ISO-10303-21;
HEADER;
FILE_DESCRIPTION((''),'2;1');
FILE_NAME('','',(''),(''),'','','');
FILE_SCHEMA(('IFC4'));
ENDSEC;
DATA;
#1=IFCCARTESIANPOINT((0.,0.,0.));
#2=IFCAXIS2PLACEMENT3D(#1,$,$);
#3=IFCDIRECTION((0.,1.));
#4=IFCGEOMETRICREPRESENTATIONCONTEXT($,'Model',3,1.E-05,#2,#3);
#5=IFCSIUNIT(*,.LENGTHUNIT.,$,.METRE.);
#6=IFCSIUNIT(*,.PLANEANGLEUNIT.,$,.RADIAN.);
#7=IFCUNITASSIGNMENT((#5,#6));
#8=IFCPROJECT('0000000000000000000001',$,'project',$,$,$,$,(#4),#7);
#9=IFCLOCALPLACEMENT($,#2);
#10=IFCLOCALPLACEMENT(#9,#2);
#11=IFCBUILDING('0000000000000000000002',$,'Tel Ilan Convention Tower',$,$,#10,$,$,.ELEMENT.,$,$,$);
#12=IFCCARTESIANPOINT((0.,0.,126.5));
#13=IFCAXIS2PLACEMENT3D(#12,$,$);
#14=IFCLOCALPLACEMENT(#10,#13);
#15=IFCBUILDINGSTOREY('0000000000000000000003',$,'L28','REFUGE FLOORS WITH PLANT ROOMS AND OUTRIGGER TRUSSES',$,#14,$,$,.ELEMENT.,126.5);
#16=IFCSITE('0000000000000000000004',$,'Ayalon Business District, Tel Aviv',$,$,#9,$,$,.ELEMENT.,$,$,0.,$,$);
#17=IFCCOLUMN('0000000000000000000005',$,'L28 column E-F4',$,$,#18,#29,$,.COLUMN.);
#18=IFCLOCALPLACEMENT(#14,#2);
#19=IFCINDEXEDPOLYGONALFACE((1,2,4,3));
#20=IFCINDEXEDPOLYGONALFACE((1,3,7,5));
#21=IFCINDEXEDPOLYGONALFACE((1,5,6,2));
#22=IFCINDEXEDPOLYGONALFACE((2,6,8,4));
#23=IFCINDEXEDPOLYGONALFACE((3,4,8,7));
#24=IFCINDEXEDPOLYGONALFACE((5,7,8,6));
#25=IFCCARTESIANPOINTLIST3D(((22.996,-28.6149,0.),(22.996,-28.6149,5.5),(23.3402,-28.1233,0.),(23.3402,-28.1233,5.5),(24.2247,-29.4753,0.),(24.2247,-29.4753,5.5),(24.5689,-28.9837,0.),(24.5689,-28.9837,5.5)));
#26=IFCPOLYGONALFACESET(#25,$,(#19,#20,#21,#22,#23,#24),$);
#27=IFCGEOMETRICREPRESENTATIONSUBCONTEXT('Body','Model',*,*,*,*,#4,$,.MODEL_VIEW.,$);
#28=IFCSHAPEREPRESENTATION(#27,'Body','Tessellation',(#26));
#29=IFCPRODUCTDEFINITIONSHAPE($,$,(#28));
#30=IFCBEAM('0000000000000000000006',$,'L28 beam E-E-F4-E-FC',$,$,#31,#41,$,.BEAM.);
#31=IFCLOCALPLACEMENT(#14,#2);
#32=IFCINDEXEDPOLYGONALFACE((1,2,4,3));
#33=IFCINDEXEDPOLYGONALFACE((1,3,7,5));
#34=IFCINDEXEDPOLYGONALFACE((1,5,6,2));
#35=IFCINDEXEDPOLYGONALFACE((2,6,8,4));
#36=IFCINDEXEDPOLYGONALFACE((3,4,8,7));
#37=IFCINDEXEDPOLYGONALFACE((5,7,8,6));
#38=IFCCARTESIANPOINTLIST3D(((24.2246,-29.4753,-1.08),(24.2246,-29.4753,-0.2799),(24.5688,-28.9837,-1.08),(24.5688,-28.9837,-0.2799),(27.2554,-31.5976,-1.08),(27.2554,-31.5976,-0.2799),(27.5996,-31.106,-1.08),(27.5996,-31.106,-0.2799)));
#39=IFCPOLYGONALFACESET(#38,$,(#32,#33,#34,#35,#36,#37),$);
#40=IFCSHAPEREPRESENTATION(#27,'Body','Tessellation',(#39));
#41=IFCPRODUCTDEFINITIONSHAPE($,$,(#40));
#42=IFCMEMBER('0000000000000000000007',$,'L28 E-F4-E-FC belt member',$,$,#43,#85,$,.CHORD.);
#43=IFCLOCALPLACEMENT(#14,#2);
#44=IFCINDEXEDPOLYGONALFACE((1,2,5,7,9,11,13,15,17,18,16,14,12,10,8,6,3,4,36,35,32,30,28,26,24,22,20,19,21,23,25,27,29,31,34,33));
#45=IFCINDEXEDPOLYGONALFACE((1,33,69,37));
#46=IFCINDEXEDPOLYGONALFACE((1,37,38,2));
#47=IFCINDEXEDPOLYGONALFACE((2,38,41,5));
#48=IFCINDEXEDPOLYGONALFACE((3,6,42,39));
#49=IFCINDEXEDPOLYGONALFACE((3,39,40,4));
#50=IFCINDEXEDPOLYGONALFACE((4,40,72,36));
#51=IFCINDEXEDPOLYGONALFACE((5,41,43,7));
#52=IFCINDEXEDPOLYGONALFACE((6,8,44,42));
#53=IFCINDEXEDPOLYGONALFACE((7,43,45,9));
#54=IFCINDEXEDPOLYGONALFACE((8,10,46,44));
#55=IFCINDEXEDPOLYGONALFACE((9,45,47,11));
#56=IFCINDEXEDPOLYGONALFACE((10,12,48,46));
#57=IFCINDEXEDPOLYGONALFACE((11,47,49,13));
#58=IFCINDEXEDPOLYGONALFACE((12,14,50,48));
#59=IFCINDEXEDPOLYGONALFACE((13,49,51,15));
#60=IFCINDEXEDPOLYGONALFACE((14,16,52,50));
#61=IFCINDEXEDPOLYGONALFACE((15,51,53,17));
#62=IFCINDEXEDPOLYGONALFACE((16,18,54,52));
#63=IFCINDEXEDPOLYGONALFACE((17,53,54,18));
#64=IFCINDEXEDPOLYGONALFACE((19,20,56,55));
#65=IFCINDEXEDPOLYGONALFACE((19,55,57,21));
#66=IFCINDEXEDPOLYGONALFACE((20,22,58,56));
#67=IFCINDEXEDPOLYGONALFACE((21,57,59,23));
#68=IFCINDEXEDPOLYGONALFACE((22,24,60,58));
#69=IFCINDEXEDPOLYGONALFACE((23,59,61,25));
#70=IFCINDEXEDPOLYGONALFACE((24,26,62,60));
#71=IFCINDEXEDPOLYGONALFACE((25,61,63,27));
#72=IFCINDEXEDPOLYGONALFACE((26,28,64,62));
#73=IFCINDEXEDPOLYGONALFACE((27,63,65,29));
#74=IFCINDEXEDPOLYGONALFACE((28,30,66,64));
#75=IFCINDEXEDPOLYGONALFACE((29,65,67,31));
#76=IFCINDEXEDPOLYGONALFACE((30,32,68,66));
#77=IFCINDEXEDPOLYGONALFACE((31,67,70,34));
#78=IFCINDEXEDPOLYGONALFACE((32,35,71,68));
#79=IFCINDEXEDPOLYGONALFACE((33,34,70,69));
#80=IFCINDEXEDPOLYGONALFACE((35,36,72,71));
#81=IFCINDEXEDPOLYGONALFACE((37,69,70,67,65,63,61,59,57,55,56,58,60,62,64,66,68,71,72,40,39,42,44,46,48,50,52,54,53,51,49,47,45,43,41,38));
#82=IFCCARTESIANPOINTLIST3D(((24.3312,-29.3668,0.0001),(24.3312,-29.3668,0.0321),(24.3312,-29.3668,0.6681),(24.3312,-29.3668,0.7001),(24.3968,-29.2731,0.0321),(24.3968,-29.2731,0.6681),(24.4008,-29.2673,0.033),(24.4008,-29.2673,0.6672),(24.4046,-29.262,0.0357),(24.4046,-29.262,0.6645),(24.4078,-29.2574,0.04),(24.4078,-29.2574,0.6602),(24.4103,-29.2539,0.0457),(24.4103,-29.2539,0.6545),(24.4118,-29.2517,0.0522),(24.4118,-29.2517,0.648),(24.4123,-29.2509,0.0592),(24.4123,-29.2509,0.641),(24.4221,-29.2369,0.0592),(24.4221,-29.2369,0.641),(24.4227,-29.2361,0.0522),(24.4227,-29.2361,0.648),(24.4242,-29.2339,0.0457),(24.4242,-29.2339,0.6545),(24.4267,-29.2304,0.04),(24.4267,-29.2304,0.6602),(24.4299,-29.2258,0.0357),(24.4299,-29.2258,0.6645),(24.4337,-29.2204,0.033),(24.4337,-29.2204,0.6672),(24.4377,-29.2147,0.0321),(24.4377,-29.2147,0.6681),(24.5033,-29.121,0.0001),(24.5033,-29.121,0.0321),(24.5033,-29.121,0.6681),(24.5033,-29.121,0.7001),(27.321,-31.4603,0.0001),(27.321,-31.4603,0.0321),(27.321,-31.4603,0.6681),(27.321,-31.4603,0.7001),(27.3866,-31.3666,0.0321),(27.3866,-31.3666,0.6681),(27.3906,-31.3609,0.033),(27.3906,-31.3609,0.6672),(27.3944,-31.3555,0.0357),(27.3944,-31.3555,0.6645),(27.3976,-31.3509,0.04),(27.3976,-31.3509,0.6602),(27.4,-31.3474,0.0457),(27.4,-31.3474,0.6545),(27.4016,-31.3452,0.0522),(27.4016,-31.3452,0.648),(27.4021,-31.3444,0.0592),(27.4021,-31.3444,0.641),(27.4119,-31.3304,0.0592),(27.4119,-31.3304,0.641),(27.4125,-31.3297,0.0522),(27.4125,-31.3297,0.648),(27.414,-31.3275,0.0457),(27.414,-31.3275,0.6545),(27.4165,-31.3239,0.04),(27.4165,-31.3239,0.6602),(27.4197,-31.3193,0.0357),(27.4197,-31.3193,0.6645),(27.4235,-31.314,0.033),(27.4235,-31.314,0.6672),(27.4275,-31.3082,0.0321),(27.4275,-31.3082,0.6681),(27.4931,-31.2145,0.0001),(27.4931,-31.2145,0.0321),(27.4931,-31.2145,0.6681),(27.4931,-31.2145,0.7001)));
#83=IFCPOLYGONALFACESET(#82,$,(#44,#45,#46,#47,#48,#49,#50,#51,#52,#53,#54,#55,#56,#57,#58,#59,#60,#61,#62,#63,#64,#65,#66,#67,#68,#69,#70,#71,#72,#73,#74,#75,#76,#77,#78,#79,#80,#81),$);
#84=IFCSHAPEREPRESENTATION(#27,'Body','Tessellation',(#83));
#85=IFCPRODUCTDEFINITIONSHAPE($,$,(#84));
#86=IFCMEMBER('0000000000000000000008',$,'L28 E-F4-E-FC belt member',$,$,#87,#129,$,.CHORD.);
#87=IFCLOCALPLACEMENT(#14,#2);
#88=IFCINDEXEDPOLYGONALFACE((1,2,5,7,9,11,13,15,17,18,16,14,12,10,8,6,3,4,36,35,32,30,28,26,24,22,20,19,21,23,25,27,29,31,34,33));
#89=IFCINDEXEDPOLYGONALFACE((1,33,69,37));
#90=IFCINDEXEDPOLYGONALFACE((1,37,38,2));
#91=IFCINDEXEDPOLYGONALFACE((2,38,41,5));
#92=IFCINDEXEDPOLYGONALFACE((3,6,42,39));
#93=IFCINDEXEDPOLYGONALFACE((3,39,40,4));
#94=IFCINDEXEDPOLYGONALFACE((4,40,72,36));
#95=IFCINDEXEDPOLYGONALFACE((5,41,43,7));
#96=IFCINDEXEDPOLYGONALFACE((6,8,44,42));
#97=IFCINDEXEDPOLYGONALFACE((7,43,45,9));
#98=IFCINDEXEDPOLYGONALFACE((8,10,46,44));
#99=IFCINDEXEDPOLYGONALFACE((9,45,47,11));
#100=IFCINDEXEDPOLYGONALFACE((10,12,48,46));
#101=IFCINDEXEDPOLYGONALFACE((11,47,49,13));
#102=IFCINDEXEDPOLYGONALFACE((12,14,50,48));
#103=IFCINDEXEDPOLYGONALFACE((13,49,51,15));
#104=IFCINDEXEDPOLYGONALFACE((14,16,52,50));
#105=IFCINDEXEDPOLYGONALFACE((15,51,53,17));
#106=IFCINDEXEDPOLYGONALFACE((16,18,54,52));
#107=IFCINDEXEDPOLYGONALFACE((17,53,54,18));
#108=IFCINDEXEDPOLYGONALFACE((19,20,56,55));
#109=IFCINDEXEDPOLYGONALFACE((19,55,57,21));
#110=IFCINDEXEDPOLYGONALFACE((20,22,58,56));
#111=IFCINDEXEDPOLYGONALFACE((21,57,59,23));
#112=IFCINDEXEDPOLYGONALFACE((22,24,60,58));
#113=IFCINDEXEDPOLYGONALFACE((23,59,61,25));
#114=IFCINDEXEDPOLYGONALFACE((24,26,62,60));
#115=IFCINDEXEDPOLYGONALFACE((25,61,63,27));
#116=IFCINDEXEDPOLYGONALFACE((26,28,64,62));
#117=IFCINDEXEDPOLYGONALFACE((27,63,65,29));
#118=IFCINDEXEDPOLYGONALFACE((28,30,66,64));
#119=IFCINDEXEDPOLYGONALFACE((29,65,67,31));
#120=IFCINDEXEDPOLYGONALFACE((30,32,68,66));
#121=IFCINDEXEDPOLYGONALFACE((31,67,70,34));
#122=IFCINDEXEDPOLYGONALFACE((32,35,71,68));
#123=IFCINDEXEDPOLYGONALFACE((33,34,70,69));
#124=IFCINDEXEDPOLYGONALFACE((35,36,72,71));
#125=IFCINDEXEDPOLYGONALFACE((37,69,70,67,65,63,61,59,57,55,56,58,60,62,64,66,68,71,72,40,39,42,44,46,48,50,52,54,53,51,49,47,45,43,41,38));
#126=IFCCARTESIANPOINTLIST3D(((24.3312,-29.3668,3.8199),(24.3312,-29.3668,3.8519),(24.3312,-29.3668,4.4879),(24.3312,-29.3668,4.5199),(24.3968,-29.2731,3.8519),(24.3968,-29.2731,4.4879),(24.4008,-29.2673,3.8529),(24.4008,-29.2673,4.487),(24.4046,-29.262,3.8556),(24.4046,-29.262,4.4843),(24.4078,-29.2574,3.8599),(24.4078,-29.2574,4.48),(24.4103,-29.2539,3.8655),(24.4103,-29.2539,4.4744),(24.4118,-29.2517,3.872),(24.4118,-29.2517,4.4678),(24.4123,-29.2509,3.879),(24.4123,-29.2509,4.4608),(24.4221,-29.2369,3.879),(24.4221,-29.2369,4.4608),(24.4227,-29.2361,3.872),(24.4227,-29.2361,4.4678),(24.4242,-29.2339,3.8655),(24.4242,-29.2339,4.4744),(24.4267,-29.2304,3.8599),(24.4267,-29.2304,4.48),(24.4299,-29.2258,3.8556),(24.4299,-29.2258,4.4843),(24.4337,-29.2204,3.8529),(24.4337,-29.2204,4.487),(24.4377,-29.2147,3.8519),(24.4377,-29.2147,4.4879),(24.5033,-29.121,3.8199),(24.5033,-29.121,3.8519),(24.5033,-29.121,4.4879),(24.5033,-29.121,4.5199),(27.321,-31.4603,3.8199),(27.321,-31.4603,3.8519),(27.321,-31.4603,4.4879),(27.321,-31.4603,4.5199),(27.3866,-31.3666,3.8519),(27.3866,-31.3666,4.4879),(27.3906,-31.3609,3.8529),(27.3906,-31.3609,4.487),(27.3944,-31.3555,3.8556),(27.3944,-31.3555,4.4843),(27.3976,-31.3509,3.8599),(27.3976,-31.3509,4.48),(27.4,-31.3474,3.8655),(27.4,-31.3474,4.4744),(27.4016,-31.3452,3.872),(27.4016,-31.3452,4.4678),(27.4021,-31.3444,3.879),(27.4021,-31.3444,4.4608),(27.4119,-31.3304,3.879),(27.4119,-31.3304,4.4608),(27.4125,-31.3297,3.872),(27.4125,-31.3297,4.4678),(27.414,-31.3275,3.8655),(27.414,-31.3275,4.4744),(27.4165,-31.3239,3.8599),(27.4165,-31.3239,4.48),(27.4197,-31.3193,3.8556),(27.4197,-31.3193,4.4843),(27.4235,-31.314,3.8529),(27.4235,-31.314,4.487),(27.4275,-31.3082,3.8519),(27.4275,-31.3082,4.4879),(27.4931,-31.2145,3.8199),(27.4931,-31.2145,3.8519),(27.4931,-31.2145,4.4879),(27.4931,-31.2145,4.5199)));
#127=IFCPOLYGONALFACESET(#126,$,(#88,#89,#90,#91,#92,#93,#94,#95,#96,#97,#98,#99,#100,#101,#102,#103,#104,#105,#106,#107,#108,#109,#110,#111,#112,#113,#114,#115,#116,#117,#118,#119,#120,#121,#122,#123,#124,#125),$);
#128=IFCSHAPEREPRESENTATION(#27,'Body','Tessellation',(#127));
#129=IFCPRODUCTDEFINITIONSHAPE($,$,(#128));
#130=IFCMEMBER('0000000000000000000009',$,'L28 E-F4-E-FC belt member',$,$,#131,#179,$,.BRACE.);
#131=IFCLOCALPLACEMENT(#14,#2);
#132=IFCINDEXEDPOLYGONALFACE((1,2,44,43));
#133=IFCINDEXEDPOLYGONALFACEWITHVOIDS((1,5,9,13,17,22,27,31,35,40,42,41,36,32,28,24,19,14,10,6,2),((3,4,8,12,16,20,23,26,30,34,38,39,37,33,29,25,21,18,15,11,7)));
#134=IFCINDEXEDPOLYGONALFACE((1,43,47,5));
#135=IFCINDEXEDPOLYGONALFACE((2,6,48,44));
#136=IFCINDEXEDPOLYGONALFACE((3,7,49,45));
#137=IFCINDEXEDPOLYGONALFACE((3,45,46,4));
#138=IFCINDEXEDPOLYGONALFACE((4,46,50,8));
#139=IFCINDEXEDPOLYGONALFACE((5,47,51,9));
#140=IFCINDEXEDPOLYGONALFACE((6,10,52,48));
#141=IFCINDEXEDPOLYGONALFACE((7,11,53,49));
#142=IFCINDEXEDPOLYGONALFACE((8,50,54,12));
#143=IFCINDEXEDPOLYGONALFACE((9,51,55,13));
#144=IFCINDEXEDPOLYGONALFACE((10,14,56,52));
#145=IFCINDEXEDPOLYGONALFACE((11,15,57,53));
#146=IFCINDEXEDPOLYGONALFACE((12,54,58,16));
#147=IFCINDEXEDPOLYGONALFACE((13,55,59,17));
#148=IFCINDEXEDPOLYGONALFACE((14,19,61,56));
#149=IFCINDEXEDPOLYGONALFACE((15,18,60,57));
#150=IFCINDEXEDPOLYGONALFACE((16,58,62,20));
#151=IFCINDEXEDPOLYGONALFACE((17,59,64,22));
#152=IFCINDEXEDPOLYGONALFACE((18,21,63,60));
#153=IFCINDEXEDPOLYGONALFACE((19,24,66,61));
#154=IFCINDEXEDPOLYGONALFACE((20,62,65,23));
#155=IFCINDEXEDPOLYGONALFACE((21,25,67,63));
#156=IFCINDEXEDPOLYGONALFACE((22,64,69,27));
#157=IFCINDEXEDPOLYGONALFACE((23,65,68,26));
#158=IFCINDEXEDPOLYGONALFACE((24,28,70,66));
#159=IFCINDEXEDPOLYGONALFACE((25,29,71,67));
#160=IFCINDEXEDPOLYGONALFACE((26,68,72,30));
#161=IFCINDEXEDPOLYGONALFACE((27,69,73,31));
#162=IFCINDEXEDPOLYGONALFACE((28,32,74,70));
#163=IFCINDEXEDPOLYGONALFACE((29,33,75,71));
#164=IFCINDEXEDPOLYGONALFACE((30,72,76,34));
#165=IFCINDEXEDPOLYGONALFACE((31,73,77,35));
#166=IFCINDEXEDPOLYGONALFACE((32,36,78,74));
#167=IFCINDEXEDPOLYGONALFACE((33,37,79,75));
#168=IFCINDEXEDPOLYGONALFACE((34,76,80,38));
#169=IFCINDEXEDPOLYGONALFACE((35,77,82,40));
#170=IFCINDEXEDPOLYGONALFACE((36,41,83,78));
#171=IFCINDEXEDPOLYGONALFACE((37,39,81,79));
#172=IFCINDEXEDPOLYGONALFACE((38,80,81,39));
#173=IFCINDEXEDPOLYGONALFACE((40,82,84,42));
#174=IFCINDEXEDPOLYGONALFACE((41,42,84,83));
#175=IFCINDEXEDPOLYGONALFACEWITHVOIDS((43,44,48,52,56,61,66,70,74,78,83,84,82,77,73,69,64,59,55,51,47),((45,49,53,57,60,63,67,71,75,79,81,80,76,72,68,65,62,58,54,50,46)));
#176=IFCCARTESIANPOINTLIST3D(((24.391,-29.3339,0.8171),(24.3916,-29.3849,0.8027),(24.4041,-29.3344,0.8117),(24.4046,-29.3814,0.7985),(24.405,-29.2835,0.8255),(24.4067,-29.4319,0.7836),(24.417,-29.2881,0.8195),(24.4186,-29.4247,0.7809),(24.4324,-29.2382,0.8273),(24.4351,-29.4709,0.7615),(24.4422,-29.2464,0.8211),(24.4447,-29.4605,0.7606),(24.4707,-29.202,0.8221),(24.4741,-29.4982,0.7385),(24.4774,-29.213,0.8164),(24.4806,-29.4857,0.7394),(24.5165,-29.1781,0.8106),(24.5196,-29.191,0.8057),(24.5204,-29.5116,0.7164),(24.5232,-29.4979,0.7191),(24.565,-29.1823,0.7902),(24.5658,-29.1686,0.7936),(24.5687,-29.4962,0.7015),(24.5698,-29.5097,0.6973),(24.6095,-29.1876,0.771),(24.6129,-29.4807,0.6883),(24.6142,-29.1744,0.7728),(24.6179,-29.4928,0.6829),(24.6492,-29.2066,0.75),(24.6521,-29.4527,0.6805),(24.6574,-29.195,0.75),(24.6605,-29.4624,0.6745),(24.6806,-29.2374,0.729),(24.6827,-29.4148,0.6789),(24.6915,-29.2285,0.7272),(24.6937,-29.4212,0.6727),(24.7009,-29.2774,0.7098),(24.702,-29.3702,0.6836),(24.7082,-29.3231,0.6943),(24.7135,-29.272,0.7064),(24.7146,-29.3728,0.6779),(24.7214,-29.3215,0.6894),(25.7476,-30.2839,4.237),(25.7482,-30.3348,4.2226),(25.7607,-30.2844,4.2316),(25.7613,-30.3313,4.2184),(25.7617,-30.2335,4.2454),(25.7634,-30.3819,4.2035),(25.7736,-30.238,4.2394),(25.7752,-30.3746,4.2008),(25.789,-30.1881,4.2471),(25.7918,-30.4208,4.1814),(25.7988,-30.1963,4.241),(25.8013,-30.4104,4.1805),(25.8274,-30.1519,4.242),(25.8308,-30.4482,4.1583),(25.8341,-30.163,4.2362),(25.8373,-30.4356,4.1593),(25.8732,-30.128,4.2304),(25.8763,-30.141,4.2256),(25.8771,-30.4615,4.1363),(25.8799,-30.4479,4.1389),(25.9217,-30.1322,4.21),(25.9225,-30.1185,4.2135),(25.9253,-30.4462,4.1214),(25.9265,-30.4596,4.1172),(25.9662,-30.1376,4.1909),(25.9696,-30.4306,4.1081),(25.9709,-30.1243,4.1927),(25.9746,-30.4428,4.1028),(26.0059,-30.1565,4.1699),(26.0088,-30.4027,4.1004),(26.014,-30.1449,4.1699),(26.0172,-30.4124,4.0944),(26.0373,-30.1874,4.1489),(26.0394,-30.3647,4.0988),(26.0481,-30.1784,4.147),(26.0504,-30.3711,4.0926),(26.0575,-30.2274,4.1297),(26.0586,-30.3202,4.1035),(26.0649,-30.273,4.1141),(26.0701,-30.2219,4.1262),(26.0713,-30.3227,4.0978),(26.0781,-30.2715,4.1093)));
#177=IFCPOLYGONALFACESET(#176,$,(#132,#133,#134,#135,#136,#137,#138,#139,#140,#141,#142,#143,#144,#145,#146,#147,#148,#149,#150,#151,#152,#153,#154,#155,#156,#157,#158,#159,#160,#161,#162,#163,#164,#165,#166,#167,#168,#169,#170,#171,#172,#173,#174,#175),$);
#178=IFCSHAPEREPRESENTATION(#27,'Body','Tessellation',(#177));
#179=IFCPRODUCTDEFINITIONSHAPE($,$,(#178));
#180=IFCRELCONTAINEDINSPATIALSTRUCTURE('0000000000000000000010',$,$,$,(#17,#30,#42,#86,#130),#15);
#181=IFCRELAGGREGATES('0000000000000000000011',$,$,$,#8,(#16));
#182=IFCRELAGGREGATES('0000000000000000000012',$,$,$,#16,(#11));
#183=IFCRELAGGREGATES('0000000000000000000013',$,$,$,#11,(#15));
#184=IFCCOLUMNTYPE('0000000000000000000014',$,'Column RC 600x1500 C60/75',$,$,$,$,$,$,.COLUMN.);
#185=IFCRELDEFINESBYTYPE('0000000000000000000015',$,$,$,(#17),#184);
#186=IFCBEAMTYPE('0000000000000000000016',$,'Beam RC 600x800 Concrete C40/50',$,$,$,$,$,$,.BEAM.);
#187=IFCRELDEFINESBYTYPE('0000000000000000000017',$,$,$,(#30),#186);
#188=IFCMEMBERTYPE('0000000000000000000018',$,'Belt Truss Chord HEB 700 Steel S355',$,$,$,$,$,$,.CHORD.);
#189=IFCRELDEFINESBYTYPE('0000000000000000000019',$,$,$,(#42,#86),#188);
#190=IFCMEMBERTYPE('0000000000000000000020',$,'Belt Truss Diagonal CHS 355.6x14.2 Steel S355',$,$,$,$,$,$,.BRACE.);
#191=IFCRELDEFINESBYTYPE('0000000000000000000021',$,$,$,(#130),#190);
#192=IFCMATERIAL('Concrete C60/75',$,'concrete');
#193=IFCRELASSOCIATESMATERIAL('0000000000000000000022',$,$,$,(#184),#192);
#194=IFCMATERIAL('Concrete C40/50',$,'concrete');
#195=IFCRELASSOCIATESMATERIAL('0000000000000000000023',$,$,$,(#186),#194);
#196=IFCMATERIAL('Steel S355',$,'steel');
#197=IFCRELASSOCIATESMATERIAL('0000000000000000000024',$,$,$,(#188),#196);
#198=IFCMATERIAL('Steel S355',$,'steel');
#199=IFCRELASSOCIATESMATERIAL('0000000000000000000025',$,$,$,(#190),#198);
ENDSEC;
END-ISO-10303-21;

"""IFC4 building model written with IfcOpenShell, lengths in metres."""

from ifc_helpers import new_model, si_unit, direction, frame, origin, origin_2d, place, context, subcontext, project, spatial, rectangle, hollow_circle, i_section, extrude, material, material_profile, profile_set, type_object, element, save


model = new_model("IFC4")

# Units and contexts
model_context = context("Model", 3, precision=1e-05, world=origin(), true_north=direction((0.0, 1.0)))
body_context = subcontext(model_context, "Body", "Model", "MODEL_VIEW")
ifc_project = project(units=[si_unit("LENGTHUNIT", "METRE"), si_unit("PLANEANGLEUNIT", "RADIAN")], contexts=[model_context])

# Site, building, storey
site_placement = place(None, origin())
site = spatial("IfcSite", under=ifc_project, at=site_placement, Name="Ayalon Business District, Tel Aviv", CompositionType="ELEMENT", RefElevation=0.0)
building_placement = place(site_placement, origin())
building = spatial("IfcBuilding", under=site, at=building_placement, Name="Tel Ilan Convention Tower", CompositionType="ELEMENT")
storey_placement = place(building_placement, frame((0.0, 0.0, 126.5)))
storey = spatial("IfcBuildingStorey", under=building, at=storey_placement, Name="L28", Description="REFUGE FLOORS WITH PLANT ROOMS AND OUTRIGGER TRUSSES", CompositionType="ELEMENT", Elevation=126.5)

# Column
ifc_material_1 = material(Name="Concrete C60/75", Category="concrete")
ifc_material_profile_1 = material_profile(ifc_material_1, rectangle(XDim=1.5, YDim=0.6001, at=origin_2d()), Name="RC 600x1500")
ifc_profile_set_1 = profile_set([ifc_material_profile_1], Name="Concrete C60/75")
column_type = type_object("IfcColumnType", Name="Column RC 600x1500 C60/75", PredefinedType="COLUMN", material=ifc_profile_set_1)
column_placement = place(storey_placement, frame((23.7825, -28.7993, 0.0), z_axis=(0.0, 0.0, 1.0), x_axis=(0.819152, -0.573576, 0.0)))
element("IfcColumn", 1, at=column_placement, inside=storey, type_object=column_type, Name="L28 column E-F4", PredefinedType="COLUMN", context=body_context, shape_type="SweptSolid", body=[
    extrude(rectangle(XDim=1.5, YDim=0.6001, at=origin_2d()), origin(), (0.0, 0.0, 1.0), 5.5),
])

# Beam
ifc_material_2 = material(Name="Concrete C40/50", Category="concrete")
ifc_material_profile_2 = material_profile(ifc_material_2, rectangle(XDim=0.6001, YDim=0.8, at=origin_2d()), Name="RC 600x800")
ifc_profile_set_2 = profile_set([ifc_material_profile_2], Name="Concrete C40/50")
beam_type = type_object("IfcBeamType", Name="Beam RC 600x800 Concrete C40/50", PredefinedType="BEAM", material=ifc_profile_set_2)
beam_placement = place(storey_placement, frame((24.3967, -29.2295, -0.6799), z_axis=(0.819133, -0.573604, 0.0), x_axis=(0.573604, 0.819133, 0.0)))
element("IfcBeam", 2, at=beam_placement, inside=storey, type_object=beam_type, Name="L28 beam E-E-F4-E-FC", PredefinedType="BEAM", context=body_context, shape_type="SweptSolid", body=[
    extrude(rectangle(XDim=0.6001, YDim=0.8, at=origin_2d()), origin(), (0.0, 0.0, 1.0), 3.7),
])

# Members
ifc_material_3 = material(Name="Steel S355", Category="steel")
ifc_material_profile_3 = material_profile(ifc_material_3, i_section(OverallWidth=0.3, OverallDepth=0.7, WebThickness=0.0171, FlangeThickness=0.032, FilletRadius=0.0271, at=origin_2d()), Name="HEB 700")
ifc_profile_set_3 = profile_set([ifc_material_profile_3], Name="Steel S355")
member_type_1 = type_object("IfcMemberType", Name="Belt Truss Chord HEB 700 Steel S355", PredefinedType="CHORD", material=ifc_profile_set_3)
for number, where, z_axis, x_axis, name in (
    (3, (24.4172, -29.2439, 0.3501), (0.819144, -0.573588, 0.0), (0.573588, 0.819144, 0.0), "L28 E-F4-E-FC belt member"),
    (4, (24.4172, -29.2439, 4.1699), (0.819144, -0.573588, 0.0), (0.573588, 0.819144, 0.0), "L28 E-F4-E-FC belt member"),
):
    element("IfcMember", number, at=place(storey_placement, frame(where, z_axis=z_axis, x_axis=x_axis)), inside=storey, type_object=member_type_1, Name=name, PredefinedType="CHORD", context=body_context, shape_type="SweptSolid", body=[
        extrude(i_section(OverallWidth=0.3, OverallDepth=0.7, WebThickness=0.0171, FlangeThickness=0.032, FilletRadius=0.0271, at=origin_2d()), origin(), (0.0, 0.0, 1.0), 3.6499),
    ])
ifc_material_4 = material(Name="Steel S355", Category="steel")
ifc_material_profile_4 = material_profile(ifc_material_4, hollow_circle(Radius=0.1777, WallThickness=0.0142, at=origin_2d()), Name="CHS 355.6x14.2")
ifc_profile_set_4 = profile_set([ifc_material_profile_4], Name="Steel S355")
member_type_2 = type_object("IfcMemberType", Name="Belt Truss Diagonal CHS 355.6x14.2 Steel S355", PredefinedType="BRACE", material=ifc_profile_set_4)
for number, where, z_axis, x_axis, name in (
    (5, (24.5554, -29.3406, 0.75), (0.357037, -0.249997, 0.900014), (0.573571, 0.819156, 0.0), "L28 E-F4-E-FC belt member"),
):
    element("IfcMember", number, at=place(storey_placement, frame(where, z_axis=z_axis, x_axis=x_axis)), inside=storey, type_object=member_type_2, Name=name, PredefinedType="BRACE", context=body_context, shape_type="SweptSolid", body=[
        extrude(hollow_circle(Radius=0.1777, WallThickness=0.0142, at=origin_2d()), origin(), (0.0, 0.0, 1.0), 3.7998),
    ])

save(model, "model.ifc")
